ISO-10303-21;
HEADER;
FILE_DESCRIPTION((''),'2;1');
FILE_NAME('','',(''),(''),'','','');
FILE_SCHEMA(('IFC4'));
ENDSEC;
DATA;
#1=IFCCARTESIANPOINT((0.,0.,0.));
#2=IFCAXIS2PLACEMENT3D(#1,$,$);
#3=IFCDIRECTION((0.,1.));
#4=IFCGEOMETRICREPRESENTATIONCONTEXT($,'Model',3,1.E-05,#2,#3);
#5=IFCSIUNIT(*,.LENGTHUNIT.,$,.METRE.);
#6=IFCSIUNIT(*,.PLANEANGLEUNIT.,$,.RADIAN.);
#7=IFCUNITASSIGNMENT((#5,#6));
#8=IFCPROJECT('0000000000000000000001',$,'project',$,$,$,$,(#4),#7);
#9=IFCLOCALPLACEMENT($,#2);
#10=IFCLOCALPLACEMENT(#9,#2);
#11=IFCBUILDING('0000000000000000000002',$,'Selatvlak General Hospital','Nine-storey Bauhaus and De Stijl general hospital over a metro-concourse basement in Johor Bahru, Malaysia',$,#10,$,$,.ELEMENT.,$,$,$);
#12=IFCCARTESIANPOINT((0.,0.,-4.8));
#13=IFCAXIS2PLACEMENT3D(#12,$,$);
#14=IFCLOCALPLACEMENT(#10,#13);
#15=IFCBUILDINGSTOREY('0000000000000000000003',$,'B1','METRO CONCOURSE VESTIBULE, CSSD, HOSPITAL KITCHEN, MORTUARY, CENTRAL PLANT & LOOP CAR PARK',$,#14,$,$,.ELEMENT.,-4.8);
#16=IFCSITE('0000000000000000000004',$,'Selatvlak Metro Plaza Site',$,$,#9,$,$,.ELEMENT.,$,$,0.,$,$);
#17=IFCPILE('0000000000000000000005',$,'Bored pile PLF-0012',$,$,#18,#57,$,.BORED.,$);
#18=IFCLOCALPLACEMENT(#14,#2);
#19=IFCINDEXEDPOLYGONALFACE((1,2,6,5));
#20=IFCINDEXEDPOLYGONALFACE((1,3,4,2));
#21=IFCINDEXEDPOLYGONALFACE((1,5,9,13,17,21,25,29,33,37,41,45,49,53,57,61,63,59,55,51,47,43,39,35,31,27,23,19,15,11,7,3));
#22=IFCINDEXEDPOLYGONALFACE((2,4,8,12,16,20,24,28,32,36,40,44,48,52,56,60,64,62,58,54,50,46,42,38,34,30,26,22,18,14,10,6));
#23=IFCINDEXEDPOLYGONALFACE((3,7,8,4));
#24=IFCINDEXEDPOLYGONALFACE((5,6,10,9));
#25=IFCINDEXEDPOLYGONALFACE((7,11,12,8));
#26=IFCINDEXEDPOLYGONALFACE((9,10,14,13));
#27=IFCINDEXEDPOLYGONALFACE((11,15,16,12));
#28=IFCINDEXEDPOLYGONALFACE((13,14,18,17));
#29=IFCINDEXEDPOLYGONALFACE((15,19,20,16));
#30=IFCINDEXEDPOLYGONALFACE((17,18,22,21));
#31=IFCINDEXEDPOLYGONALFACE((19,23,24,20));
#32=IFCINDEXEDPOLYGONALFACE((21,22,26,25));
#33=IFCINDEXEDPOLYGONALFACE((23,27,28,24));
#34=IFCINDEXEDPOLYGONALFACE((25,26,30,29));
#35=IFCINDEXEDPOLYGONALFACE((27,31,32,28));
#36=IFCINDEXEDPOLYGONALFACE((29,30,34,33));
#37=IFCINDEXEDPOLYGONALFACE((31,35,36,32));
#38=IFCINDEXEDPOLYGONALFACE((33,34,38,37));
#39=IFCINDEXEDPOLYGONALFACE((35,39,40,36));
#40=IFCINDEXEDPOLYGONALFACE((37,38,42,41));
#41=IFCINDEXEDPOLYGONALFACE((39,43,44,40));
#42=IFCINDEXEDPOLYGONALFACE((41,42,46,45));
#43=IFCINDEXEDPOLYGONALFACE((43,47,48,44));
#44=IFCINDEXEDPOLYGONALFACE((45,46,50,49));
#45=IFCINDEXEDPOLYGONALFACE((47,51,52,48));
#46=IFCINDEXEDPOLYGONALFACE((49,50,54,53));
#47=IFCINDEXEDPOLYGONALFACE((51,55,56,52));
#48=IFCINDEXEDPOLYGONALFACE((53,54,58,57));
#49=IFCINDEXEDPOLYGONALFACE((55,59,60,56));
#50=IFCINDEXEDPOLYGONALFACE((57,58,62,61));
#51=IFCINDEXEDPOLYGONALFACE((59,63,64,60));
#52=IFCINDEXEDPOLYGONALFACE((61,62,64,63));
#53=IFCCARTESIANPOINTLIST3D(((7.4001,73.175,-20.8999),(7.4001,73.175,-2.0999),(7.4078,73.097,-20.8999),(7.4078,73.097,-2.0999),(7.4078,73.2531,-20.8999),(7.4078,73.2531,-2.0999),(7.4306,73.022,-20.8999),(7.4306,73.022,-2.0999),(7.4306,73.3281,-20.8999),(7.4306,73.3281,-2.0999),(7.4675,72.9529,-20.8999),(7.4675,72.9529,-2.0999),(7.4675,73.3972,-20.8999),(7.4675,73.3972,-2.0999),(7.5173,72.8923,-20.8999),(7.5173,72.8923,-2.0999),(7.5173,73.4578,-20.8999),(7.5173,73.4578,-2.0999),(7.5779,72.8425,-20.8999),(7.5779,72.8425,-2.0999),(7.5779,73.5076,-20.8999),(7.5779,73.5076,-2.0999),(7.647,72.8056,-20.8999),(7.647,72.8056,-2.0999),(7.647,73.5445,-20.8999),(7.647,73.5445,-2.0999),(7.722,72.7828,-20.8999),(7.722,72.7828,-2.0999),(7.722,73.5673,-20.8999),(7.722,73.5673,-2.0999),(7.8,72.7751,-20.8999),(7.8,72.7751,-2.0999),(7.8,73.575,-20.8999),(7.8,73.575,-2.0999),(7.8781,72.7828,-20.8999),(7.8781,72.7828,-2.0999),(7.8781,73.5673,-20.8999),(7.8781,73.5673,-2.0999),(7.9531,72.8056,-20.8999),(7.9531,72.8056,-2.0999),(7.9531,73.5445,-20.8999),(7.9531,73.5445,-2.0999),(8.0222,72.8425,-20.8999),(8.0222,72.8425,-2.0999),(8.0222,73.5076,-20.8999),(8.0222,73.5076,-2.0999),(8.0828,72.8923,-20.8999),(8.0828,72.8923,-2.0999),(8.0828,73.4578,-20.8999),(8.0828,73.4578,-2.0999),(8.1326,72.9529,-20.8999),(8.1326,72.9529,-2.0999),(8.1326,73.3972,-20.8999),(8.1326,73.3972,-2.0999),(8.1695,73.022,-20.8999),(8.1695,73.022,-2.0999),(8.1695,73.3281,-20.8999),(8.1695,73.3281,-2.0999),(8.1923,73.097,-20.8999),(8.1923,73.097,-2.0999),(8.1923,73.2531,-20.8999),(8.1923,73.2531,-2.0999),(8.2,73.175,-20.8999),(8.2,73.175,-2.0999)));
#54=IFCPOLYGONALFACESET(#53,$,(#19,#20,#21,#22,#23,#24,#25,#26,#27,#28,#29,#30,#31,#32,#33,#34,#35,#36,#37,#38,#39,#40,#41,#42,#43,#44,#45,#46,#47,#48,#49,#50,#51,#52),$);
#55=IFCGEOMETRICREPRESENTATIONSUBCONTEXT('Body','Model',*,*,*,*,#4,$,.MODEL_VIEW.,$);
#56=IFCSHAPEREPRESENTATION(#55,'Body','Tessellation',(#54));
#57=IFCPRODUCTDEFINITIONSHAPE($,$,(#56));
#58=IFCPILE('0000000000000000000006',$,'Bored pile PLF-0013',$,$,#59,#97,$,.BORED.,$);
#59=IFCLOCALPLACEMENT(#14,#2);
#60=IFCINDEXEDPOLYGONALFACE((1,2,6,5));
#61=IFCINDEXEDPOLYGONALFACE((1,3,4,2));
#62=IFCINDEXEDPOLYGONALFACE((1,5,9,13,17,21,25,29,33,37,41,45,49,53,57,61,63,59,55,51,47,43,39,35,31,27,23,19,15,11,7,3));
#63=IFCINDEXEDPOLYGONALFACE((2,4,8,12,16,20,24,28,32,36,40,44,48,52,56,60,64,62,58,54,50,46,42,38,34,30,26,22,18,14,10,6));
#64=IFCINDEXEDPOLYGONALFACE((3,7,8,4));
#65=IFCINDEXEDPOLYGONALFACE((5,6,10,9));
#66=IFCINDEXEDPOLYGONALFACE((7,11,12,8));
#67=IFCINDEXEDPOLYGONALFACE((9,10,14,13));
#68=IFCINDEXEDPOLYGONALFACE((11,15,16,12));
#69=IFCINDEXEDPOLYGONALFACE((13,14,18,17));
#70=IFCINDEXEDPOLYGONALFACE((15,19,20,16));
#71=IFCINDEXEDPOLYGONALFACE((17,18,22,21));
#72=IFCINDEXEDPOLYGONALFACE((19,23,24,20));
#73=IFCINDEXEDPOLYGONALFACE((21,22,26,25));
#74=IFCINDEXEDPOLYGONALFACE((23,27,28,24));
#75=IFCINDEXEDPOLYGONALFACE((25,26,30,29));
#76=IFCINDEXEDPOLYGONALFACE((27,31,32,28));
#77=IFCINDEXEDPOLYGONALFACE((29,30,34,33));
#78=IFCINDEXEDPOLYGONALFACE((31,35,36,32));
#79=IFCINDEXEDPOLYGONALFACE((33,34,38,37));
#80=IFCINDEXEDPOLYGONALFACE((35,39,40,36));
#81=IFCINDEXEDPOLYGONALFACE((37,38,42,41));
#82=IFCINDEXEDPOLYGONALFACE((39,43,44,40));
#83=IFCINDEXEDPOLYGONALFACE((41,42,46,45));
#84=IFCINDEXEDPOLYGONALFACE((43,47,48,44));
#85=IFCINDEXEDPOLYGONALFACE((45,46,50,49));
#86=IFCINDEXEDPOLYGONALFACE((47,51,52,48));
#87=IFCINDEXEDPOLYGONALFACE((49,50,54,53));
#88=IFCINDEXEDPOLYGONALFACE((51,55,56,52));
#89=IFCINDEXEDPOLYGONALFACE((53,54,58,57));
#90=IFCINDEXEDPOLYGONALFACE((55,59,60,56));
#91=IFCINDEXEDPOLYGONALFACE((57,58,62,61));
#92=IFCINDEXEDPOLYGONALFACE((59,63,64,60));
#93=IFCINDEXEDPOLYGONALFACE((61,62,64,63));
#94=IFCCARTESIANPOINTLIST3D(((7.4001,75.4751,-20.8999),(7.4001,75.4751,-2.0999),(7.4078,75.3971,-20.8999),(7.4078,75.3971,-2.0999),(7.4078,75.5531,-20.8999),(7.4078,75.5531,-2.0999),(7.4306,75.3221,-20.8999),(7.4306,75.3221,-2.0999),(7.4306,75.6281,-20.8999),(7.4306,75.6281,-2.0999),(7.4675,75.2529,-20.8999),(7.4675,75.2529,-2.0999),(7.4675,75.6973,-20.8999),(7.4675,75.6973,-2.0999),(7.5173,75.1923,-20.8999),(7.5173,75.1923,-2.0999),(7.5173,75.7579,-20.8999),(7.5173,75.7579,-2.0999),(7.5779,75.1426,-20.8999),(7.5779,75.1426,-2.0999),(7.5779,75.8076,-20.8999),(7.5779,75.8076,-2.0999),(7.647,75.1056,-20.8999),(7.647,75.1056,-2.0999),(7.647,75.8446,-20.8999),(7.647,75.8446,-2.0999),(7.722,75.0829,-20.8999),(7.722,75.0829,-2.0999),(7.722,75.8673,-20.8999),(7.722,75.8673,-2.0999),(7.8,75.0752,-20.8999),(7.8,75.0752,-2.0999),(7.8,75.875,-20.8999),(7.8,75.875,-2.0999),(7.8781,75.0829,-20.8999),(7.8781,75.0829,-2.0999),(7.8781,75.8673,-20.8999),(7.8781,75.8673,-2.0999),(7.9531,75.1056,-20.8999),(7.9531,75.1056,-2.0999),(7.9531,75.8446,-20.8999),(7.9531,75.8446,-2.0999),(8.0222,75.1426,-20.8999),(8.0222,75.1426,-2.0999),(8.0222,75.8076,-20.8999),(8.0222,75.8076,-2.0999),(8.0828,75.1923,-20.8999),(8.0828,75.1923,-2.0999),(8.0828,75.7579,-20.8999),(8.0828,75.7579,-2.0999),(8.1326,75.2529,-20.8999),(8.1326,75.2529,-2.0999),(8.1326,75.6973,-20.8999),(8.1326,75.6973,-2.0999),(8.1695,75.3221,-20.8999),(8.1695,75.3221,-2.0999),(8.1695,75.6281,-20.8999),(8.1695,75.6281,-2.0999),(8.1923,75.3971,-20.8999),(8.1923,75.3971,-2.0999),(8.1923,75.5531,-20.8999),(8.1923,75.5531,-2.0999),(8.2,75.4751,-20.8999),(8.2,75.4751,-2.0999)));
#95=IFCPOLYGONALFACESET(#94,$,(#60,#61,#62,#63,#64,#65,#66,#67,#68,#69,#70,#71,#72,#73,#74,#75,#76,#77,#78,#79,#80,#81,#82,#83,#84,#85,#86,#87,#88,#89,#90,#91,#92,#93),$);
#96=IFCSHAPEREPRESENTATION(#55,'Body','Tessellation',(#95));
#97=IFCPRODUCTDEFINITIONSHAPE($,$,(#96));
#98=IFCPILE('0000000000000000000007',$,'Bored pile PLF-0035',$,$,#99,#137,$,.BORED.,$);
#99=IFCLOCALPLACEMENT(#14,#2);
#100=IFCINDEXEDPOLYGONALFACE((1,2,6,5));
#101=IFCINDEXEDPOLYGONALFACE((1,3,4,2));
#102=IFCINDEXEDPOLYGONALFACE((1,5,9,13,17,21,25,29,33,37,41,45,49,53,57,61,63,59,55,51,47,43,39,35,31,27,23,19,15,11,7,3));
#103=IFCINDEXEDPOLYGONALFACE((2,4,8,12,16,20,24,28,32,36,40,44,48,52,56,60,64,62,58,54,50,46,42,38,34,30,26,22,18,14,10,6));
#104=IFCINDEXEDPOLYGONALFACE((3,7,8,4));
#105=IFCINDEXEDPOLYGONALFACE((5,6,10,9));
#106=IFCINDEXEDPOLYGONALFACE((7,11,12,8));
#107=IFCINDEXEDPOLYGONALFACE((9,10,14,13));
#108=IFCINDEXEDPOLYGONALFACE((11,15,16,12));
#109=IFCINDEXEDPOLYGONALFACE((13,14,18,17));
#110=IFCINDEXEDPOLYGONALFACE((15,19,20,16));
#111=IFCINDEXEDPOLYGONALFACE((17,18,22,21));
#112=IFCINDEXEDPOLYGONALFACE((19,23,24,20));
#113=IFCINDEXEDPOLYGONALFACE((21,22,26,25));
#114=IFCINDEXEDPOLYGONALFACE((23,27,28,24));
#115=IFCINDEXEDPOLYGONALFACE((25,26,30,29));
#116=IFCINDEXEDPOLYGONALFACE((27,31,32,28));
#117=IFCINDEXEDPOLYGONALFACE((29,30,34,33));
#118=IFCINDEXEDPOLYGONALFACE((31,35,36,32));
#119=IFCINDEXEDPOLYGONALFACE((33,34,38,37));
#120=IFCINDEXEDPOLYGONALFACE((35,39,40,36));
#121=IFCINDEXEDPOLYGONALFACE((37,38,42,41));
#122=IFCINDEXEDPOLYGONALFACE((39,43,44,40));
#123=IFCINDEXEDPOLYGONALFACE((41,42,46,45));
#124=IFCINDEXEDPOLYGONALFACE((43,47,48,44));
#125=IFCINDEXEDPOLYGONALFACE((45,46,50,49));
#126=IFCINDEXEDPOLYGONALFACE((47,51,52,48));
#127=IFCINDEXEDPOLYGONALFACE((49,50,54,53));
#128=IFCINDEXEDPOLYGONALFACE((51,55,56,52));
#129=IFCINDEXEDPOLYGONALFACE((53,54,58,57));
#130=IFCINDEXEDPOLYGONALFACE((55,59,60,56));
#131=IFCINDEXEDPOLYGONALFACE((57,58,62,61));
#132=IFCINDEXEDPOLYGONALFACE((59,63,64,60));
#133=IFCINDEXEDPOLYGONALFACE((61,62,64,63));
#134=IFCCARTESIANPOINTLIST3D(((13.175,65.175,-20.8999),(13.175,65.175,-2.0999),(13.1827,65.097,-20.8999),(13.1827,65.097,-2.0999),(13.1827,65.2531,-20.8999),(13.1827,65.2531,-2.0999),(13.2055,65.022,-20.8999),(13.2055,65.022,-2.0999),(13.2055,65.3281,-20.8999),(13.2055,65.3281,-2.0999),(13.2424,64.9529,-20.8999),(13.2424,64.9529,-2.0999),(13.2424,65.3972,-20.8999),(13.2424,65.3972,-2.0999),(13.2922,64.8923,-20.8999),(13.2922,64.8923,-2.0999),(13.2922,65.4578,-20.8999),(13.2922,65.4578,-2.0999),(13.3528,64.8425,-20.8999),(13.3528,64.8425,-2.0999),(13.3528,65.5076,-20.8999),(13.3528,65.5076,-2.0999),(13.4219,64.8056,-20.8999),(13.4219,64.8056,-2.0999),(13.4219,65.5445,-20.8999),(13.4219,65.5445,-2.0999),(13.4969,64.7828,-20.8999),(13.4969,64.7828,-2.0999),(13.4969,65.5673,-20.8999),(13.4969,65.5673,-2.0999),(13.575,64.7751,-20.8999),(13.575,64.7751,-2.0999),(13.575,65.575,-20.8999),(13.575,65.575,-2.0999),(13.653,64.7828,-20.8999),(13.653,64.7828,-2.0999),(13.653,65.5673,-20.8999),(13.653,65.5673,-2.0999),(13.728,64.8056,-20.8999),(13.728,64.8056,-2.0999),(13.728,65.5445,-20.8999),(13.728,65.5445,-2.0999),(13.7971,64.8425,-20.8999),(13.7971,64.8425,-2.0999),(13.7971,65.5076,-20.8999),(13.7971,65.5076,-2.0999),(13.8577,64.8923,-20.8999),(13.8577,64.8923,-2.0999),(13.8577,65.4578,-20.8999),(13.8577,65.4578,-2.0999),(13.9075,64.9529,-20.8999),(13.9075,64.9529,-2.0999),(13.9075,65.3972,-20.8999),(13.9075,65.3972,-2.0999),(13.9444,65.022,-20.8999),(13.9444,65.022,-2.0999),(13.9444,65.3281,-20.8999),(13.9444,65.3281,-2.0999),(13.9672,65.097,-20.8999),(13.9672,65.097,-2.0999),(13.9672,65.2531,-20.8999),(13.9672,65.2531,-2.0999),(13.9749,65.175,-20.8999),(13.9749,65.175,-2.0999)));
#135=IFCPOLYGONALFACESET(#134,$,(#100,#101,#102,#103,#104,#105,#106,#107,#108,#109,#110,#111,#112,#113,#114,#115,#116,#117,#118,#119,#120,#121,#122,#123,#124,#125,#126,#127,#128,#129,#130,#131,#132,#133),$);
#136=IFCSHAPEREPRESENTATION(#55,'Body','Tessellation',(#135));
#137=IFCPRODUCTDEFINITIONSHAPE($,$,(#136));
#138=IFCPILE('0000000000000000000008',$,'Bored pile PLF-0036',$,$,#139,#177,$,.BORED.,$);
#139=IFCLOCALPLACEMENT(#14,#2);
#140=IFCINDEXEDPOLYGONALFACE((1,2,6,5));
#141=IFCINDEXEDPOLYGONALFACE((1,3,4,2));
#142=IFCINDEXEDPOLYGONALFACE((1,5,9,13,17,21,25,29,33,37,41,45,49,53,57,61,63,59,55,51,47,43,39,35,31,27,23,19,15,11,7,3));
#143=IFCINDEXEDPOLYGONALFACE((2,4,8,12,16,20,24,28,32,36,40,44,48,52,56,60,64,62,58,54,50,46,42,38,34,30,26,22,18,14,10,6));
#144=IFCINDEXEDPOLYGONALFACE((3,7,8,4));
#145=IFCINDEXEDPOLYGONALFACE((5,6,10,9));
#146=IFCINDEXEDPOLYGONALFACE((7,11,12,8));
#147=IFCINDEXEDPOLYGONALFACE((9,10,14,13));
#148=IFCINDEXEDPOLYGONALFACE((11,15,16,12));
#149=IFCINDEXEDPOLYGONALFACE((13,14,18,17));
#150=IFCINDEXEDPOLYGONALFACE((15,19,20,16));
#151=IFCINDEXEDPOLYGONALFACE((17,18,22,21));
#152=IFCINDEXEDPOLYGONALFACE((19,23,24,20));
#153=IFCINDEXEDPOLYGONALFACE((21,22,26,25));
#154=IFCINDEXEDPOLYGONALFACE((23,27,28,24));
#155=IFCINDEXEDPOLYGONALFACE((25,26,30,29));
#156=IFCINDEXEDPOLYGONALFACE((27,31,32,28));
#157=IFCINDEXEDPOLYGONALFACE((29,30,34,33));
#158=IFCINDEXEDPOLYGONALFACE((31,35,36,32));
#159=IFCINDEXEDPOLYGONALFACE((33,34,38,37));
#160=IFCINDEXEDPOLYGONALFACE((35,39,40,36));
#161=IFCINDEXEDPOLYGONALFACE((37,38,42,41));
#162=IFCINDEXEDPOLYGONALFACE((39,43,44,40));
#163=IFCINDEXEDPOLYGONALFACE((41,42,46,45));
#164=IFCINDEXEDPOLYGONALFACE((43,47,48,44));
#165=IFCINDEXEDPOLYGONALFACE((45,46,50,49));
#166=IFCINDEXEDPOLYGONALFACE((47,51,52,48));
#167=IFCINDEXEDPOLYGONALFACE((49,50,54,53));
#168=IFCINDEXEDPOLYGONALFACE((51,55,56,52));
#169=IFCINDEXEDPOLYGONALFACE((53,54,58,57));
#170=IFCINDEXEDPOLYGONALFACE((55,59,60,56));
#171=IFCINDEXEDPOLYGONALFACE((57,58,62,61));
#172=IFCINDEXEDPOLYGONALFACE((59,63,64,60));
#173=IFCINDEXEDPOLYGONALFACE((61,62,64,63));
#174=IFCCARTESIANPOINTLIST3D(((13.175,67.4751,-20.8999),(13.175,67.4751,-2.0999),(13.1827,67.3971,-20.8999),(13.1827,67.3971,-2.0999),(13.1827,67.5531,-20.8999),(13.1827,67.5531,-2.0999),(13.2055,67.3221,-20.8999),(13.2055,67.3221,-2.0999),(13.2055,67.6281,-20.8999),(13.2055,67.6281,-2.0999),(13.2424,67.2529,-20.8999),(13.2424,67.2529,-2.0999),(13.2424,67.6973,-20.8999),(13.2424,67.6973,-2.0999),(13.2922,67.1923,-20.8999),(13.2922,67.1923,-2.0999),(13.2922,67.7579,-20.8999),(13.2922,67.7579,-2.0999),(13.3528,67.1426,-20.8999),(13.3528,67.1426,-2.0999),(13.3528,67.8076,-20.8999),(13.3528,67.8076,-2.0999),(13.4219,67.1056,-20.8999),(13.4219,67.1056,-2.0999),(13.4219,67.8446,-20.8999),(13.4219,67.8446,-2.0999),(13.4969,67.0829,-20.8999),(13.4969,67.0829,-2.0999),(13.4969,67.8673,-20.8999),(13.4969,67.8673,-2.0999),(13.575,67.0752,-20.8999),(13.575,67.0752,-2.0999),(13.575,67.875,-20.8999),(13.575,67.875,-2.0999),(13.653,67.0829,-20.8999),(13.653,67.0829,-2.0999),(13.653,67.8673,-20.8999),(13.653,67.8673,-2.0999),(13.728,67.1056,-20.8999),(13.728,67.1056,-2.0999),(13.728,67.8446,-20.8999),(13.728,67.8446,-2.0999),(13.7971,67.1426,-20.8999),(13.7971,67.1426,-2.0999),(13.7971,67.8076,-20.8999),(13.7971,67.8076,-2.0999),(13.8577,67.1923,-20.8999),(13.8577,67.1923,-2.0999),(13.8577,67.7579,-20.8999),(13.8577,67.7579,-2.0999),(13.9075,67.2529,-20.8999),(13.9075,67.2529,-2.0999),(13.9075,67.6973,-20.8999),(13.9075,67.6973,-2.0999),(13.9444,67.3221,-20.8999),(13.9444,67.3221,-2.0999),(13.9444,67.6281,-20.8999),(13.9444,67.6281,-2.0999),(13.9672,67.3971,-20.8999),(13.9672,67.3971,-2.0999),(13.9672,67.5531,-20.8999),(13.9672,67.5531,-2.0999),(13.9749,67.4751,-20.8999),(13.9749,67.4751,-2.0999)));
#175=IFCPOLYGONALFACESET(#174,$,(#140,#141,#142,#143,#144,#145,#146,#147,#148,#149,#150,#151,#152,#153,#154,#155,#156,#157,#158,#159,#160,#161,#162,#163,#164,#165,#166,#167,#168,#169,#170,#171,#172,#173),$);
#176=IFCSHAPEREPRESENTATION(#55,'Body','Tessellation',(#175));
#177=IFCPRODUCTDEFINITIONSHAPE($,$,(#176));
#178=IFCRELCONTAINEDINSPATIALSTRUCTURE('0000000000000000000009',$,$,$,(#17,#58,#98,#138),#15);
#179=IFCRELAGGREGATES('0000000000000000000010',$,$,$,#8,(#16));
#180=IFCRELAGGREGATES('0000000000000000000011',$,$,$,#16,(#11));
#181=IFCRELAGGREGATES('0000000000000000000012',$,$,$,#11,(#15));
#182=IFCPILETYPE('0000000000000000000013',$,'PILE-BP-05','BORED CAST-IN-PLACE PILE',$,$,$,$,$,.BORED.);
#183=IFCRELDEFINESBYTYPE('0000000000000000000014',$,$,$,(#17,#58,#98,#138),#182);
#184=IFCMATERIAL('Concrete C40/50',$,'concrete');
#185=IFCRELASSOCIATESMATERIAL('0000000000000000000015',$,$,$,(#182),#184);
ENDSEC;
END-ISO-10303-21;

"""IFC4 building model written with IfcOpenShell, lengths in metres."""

from ifc_helpers import new_model, si_unit, direction, frame, origin, origin_2d, place, context, subcontext, project, spatial, circle, extrude, material, material_profile, profile_set, type_object, element, save


model = new_model("IFC4")

# Units and contexts
model_context = context("Model", 3, precision=1e-05, world=origin(), true_north=direction((0.0, 1.0)))
body_context = subcontext(model_context, "Body", "Model", "MODEL_VIEW")
ifc_project = project(units=[si_unit("LENGTHUNIT", "METRE"), si_unit("PLANEANGLEUNIT", "RADIAN")], contexts=[model_context])

# Site, building, storey
site_placement = place(None, origin())
site = spatial("IfcSite", under=ifc_project, at=site_placement, Name="Selatvlak Metro Plaza Site", CompositionType="ELEMENT", RefElevation=0.0)
building_placement = place(site_placement, origin())
building = spatial("IfcBuilding", under=site, at=building_placement, Name="Selatvlak General Hospital", Description="Nine-storey Bauhaus and De Stijl general hospital over a metro-concourse basement in Johor Bahru, Malaysia", CompositionType="ELEMENT")
storey_placement = place(building_placement, frame((0.0, 0.0, -4.8)))
storey = spatial("IfcBuildingStorey", under=building, at=storey_placement, Name="B1", Description="METRO CONCOURSE VESTIBULE, CSSD, HOSPITAL KITCHEN, MORTUARY, CENTRAL PLANT & LOOP CAR PARK", CompositionType="ELEMENT", Elevation=-4.8)

# Shared definitions
ifc_material_1 = material(Name="Concrete C40/50", Category="concrete")

# Piles
ifc_material_profile_1 = material_profile(ifc_material_1, circle(Radius=0.3999, at=origin_2d()), Name="BORED PILE 800")
ifc_profile_set_1 = profile_set([ifc_material_profile_1], Name="Concrete C40/50")
pile_type_1 = type_object("IfcPileType", Name="PILE-BP-05", Description="BORED CAST-IN-PLACE PILE", PredefinedType="BORED", material=ifc_profile_set_1)
for number, where, z_axis, x_axis, name in (
    (1, (7.8, 73.175, -2.0999), (0.0, 0.0, -1.0), (1.0, 0.0, 0.0), "Bored pile PLF-0012"),
    (2, (7.8, 75.4751, -2.0999), (0.0, 0.0, -1.0), (1.0, 0.0, 0.0), "Bored pile PLF-0013"),
    (3, (13.575, 65.175, -2.0999), (0.0, 0.0, -1.0), (1.0, 0.0, 0.0), "Bored pile PLF-0035"),
    (4, (13.575, 67.4751, -2.0999), (0.0, 0.0, -1.0), (1.0, 0.0, 0.0), "Bored pile PLF-0036"),
):
    element("IfcPile", number, at=place(storey_placement, frame(where, z_axis=z_axis, x_axis=x_axis)), inside=storey, type_object=pile_type_1, Name=name, PredefinedType="BORED", context=body_context, shape_type="SweptSolid", body=[
        extrude(circle(Radius=0.3999, at=origin_2d()), origin(), (0.0, 0.0, 1.0), 18.8),
    ])

save(model, "model.ifc")
